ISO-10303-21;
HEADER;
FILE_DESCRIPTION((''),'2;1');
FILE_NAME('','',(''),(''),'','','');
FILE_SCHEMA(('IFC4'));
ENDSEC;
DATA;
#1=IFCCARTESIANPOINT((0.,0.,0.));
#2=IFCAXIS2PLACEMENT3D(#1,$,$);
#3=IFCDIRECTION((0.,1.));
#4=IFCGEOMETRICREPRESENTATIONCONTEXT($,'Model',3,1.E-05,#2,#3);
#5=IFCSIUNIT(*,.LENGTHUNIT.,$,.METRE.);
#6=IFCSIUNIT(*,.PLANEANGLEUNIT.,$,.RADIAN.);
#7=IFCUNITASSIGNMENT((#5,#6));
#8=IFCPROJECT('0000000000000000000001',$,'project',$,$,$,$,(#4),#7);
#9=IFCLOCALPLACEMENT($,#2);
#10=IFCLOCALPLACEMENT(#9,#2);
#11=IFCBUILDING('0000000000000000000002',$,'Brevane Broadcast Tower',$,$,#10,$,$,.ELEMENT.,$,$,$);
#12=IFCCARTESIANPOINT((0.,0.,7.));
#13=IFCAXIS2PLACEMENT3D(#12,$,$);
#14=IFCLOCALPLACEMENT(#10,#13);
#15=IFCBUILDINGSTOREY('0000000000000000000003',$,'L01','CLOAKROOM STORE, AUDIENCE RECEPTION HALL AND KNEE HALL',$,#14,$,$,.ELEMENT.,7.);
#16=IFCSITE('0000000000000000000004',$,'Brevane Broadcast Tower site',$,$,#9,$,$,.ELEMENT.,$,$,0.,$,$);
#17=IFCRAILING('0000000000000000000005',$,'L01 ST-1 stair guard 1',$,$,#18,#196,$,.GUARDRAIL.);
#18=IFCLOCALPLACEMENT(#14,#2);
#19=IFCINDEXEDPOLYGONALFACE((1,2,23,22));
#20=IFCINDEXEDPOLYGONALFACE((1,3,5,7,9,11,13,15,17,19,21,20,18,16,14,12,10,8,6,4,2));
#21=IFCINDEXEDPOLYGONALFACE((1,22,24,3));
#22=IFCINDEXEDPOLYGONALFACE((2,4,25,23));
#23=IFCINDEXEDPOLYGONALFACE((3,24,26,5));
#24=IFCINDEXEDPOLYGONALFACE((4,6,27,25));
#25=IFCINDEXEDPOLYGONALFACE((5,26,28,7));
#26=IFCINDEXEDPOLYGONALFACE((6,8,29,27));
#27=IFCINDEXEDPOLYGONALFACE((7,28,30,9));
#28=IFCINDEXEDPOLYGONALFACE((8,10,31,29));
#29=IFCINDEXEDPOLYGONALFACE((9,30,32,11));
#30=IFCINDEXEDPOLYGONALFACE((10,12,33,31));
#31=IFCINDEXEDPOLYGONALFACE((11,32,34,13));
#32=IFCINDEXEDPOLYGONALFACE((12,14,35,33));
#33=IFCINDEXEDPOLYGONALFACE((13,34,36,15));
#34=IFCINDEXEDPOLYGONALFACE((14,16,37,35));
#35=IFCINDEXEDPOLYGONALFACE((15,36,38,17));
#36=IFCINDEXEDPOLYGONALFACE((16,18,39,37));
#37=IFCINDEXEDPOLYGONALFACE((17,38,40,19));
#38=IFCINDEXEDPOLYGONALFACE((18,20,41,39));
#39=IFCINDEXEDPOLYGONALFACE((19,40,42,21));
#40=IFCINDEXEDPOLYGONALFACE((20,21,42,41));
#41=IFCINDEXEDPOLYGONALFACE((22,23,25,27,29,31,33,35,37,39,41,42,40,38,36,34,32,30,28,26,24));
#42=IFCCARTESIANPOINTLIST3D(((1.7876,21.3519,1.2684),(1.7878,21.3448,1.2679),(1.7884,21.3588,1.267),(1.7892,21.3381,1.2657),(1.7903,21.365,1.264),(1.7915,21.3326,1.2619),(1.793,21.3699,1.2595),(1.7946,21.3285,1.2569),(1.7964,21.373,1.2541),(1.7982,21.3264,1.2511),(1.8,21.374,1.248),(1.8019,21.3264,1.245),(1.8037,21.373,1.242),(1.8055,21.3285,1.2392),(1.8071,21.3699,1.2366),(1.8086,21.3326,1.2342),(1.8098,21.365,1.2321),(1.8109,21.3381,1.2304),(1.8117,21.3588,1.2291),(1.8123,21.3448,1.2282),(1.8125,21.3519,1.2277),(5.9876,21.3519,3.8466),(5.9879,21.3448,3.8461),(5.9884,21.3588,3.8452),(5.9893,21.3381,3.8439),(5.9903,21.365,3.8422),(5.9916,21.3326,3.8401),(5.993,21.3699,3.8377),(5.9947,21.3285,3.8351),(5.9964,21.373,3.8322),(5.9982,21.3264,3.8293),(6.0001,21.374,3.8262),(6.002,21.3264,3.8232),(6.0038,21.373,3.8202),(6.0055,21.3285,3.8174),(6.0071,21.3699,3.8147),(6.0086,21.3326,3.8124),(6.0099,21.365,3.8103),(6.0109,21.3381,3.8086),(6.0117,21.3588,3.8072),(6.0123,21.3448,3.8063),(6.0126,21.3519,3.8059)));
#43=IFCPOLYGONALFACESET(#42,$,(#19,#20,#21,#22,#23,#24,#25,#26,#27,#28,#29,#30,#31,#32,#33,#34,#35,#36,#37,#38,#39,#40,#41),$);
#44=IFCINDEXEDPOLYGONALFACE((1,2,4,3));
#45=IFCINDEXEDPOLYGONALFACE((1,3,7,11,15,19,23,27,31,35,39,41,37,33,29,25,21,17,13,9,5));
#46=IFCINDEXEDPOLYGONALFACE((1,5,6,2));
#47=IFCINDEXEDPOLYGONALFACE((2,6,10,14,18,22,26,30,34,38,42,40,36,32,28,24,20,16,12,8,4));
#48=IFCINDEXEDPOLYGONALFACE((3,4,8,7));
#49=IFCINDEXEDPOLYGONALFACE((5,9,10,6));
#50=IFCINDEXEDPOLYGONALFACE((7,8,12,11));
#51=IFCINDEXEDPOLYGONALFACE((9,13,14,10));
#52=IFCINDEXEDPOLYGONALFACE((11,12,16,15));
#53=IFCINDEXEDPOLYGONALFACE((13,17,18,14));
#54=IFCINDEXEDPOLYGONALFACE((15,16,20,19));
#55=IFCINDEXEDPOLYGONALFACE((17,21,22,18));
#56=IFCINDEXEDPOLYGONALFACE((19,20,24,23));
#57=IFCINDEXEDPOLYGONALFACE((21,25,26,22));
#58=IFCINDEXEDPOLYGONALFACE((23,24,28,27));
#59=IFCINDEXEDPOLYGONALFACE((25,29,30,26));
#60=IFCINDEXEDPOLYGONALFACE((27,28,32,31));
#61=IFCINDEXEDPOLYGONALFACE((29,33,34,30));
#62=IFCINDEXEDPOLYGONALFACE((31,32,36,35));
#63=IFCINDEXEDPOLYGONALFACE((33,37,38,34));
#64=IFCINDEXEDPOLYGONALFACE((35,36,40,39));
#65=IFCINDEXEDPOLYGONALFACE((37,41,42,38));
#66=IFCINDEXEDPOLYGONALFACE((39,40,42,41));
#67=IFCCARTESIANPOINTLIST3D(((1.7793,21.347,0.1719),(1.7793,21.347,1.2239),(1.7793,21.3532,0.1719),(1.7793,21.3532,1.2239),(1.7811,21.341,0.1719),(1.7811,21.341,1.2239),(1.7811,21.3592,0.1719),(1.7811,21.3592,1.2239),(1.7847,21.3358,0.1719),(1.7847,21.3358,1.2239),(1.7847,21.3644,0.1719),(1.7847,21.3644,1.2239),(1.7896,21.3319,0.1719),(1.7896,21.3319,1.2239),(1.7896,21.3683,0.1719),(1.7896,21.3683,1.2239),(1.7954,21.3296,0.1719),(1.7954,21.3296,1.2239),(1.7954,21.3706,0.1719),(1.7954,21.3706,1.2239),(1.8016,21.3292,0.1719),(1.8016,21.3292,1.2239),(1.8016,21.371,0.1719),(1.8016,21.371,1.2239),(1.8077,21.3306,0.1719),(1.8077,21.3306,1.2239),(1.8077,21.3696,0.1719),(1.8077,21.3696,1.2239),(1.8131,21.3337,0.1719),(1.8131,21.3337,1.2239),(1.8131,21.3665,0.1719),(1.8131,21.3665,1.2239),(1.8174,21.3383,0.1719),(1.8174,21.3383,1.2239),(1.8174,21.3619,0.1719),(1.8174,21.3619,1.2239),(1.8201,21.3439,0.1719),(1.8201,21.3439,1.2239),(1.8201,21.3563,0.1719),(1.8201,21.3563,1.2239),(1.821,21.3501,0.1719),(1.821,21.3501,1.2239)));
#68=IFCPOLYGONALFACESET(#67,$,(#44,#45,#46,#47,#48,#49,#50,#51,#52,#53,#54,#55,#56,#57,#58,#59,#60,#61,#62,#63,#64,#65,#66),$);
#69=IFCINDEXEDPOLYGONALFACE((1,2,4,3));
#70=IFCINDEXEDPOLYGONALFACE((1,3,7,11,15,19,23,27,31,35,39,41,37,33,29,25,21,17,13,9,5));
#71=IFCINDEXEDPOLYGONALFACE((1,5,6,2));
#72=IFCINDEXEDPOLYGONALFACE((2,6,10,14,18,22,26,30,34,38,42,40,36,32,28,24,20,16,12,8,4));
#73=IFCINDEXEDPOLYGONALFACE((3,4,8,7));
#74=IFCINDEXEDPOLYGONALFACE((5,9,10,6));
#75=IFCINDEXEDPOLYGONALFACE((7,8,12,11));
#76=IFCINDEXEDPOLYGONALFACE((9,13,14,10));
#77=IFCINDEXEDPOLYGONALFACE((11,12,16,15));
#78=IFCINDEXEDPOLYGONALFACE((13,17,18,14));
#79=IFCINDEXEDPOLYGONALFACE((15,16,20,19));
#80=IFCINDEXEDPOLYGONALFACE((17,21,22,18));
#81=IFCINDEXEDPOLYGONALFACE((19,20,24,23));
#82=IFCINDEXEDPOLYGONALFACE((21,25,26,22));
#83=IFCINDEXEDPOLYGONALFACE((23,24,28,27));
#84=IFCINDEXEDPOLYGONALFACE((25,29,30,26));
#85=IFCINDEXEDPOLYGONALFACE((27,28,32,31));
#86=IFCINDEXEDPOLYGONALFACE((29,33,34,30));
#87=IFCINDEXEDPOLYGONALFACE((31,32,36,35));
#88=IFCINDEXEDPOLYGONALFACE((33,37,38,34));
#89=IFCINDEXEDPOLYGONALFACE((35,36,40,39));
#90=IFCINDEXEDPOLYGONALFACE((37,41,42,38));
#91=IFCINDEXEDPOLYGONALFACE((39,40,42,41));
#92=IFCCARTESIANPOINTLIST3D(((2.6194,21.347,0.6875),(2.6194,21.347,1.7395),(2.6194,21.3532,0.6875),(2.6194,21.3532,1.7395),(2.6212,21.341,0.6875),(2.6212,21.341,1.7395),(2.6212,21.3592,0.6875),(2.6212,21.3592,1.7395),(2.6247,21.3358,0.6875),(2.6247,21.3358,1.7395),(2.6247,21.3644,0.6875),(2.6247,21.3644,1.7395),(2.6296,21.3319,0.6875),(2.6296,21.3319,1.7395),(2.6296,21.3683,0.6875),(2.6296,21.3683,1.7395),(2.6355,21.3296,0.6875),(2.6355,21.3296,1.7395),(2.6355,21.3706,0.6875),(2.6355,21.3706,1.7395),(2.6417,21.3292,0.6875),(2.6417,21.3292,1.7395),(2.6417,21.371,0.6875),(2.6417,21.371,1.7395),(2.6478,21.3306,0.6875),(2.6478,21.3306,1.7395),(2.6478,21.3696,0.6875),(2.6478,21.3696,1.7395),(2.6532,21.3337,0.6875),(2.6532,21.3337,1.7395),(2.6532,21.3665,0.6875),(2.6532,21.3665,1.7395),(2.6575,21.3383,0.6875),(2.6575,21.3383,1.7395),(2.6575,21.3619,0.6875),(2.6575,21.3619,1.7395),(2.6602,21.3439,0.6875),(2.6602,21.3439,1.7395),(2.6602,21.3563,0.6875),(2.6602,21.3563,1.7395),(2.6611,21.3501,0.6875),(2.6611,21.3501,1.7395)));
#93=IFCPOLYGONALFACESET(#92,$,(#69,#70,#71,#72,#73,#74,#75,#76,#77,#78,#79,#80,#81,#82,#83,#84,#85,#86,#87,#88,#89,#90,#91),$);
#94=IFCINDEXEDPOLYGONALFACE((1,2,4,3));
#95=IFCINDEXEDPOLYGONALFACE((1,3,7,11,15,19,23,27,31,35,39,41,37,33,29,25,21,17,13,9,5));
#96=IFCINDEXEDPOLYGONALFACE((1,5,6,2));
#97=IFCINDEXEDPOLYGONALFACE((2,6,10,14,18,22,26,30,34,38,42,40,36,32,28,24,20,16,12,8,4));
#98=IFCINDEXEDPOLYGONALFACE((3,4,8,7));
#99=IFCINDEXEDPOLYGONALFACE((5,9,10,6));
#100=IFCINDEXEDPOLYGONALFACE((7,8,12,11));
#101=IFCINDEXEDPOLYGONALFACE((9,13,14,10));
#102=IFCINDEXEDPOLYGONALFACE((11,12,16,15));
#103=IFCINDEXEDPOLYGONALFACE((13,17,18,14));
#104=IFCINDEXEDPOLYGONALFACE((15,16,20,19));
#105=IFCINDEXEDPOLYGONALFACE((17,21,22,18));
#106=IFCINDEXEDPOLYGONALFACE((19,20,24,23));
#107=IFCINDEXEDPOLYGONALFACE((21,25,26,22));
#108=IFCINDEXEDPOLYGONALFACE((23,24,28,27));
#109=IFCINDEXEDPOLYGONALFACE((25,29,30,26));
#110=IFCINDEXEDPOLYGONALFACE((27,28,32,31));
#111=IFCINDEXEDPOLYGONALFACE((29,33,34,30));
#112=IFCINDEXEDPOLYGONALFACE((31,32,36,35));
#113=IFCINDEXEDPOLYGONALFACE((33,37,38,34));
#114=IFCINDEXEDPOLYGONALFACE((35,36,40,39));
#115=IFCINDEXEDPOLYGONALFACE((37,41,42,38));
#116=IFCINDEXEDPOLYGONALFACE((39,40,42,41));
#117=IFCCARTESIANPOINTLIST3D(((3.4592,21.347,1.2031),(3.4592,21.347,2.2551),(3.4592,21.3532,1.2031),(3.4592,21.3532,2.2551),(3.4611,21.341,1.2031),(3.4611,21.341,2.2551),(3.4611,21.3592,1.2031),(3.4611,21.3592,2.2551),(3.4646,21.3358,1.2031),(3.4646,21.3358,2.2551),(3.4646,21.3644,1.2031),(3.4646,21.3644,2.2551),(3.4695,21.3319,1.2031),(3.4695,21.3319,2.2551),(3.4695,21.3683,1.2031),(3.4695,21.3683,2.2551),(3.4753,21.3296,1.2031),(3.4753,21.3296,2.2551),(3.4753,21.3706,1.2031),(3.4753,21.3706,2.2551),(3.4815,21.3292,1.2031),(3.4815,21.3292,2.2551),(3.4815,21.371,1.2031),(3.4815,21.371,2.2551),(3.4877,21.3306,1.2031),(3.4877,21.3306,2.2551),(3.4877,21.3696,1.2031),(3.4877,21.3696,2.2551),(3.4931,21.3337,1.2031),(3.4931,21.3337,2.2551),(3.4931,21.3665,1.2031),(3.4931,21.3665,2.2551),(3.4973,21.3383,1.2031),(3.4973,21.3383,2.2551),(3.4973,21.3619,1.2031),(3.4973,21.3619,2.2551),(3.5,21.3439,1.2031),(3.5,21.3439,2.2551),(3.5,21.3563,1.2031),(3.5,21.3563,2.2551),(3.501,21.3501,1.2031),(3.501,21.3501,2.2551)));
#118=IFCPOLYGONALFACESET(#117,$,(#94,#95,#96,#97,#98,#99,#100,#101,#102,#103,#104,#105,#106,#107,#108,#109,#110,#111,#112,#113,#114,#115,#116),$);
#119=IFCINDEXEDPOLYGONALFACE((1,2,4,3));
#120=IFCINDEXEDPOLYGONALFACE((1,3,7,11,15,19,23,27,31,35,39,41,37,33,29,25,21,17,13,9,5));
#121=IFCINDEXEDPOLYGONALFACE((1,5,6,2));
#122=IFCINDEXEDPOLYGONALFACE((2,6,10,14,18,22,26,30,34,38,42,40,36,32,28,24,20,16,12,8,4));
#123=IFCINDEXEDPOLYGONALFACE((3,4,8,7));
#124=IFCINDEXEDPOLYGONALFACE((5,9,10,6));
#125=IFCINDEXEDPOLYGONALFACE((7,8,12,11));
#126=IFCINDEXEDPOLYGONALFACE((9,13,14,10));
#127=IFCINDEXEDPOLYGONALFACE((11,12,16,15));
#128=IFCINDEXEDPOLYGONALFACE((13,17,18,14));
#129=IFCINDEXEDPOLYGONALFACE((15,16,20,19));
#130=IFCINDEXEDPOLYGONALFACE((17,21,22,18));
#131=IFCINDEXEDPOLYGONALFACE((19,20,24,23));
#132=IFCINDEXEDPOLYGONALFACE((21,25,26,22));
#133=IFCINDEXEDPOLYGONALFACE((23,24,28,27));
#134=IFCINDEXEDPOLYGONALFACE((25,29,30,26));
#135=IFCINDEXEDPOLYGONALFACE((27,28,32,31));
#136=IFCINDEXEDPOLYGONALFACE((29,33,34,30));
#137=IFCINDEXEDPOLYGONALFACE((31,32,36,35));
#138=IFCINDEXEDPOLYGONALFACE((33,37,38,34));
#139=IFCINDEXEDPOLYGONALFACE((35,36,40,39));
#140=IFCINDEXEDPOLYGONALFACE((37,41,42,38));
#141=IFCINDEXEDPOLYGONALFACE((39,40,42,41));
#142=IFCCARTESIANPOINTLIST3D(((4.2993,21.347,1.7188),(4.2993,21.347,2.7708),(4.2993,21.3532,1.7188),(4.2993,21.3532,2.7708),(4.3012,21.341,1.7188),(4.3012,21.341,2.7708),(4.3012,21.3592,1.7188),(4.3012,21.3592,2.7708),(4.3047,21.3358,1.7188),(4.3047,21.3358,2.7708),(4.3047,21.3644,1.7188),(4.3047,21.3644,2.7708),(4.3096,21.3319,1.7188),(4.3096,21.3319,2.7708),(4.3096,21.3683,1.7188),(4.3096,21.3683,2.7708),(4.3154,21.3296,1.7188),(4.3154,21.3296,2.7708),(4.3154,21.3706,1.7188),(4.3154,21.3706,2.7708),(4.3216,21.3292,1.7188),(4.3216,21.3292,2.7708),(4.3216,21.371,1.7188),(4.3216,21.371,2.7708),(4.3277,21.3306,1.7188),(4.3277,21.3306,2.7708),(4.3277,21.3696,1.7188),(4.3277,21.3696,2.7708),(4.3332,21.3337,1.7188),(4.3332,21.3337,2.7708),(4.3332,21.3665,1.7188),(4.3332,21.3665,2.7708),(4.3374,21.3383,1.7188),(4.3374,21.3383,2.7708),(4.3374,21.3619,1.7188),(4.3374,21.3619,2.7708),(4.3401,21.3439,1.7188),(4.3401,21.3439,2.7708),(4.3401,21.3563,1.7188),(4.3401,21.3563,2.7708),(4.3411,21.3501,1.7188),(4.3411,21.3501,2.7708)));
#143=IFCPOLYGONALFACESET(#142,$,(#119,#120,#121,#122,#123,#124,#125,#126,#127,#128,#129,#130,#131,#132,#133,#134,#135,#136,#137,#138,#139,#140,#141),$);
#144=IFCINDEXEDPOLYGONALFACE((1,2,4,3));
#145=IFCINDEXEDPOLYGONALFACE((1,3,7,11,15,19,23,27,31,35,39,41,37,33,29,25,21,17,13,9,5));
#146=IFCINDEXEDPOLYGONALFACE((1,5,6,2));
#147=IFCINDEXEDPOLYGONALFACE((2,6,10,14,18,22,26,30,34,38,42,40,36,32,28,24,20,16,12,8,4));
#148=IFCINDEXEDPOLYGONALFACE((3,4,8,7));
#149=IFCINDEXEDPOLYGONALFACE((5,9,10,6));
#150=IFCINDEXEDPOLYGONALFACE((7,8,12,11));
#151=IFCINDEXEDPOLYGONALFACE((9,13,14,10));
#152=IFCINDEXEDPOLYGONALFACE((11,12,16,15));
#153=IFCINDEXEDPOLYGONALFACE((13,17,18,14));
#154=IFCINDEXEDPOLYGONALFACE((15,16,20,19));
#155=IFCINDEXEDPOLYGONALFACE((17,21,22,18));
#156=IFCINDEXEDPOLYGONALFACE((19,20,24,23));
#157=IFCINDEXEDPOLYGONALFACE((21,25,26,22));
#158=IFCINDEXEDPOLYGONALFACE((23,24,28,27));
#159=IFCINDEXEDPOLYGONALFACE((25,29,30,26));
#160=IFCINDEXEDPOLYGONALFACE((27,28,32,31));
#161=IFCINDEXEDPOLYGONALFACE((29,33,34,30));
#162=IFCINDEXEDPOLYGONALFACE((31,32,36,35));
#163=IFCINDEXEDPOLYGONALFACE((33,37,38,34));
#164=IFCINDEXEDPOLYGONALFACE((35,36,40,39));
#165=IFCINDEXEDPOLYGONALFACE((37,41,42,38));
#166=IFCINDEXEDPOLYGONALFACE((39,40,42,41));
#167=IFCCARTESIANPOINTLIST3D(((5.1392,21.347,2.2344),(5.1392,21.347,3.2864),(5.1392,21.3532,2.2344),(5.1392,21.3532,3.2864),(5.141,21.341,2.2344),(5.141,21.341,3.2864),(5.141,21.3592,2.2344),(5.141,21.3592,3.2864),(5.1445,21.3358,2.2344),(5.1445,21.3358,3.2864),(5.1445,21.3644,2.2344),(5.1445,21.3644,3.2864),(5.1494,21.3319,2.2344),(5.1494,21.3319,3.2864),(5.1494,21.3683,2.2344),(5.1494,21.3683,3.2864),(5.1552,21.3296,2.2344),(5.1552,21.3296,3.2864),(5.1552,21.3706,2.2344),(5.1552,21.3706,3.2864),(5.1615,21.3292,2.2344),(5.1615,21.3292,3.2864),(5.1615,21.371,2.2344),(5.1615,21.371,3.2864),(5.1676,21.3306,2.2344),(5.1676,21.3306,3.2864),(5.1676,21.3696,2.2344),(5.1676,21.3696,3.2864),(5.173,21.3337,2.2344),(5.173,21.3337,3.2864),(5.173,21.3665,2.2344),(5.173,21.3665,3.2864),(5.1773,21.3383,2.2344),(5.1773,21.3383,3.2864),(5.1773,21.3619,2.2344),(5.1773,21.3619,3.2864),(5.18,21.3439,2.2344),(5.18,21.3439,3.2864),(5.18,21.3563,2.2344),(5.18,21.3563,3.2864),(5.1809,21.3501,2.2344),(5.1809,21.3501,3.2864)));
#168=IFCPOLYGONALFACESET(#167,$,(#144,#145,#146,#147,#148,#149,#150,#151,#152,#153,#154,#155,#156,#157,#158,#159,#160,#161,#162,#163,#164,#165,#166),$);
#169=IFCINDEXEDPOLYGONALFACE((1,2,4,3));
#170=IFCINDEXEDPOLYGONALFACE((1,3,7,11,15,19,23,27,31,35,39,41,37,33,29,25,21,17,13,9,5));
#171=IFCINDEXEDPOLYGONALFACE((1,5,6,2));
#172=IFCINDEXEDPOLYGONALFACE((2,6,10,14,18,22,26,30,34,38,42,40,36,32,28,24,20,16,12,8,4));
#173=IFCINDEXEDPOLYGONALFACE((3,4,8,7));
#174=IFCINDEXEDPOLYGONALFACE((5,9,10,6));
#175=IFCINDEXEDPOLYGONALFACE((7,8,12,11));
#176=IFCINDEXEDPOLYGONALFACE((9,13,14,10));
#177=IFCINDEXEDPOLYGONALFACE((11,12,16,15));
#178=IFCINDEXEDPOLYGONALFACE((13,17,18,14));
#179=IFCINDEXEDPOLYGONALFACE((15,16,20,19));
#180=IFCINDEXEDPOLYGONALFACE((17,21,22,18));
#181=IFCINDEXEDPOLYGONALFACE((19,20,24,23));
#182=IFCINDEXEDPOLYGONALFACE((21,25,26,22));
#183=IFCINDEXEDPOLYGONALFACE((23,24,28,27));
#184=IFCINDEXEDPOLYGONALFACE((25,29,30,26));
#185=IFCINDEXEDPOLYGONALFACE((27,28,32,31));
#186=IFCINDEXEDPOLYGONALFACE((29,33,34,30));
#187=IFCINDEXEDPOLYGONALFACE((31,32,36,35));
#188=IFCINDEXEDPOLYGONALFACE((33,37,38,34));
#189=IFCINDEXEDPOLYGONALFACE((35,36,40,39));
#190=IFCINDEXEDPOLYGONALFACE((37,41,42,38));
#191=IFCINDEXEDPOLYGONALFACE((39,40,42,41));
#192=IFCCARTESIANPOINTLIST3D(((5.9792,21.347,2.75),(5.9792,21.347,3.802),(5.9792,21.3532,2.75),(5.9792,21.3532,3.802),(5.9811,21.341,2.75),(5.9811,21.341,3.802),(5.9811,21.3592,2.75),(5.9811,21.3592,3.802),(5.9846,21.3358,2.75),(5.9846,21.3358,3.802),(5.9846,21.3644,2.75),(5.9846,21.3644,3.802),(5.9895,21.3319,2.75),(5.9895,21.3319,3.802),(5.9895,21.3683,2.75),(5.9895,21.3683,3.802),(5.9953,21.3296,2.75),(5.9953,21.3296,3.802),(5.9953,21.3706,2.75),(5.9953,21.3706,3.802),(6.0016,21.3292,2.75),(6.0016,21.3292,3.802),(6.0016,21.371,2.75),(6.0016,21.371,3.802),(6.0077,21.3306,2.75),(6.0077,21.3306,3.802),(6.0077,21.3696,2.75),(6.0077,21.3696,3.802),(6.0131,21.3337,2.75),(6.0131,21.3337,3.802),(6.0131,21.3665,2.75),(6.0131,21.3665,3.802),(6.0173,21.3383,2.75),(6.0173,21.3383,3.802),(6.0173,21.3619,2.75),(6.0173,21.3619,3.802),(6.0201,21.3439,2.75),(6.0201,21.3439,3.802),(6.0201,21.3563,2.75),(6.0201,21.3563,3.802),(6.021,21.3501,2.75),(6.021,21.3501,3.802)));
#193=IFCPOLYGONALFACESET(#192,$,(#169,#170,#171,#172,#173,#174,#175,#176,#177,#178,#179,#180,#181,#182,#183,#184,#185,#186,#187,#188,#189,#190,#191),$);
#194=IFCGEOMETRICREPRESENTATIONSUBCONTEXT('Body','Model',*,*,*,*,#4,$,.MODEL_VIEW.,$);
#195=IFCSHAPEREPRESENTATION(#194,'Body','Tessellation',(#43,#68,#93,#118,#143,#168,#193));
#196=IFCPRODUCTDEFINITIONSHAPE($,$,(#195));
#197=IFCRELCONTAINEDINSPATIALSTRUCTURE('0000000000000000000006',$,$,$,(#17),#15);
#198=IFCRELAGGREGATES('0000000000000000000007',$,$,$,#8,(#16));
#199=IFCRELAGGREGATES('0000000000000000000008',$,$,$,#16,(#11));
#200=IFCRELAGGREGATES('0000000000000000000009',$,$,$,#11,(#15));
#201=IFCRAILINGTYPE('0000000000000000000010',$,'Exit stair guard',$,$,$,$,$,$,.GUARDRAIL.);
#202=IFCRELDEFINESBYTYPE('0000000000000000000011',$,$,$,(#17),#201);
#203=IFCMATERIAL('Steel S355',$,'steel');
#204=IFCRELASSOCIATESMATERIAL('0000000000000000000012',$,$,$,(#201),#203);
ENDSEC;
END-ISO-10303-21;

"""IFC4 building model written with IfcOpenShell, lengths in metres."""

from ifc_helpers import new_model, si_unit, direction, frame, origin, origin_2d, place, context, subcontext, project, spatial, circle, extrude, material, type_object, element, save


model = new_model("IFC4")

# Units and contexts
model_context = context("Model", 3, precision=1e-05, world=origin(), true_north=direction((0.0, 1.0)))
body_context = subcontext(model_context, "Body", "Model", "MODEL_VIEW")
ifc_project = project(units=[si_unit("LENGTHUNIT", "METRE"), si_unit("PLANEANGLEUNIT", "RADIAN")], contexts=[model_context])

# Site, building, storey
site_placement = place(None, origin())
site = spatial("IfcSite", under=ifc_project, at=site_placement, Name="Brevane Broadcast Tower site", CompositionType="ELEMENT", RefElevation=0.0)
building_placement = place(site_placement, origin())
building = spatial("IfcBuilding", under=site, at=building_placement, Name="Brevane Broadcast Tower", CompositionType="ELEMENT")
storey_placement = place(building_placement, frame((0.0, 0.0, 7.0)))
storey = spatial("IfcBuildingStorey", under=building, at=storey_placement, Name="L01", Description="CLOAKROOM STORE, AUDIENCE RECEPTION HALL AND KNEE HALL", CompositionType="ELEMENT", Elevation=7.0)

# Railing
ifc_material_1 = material(Name="Steel S355", Category="steel")
railing_type_1 = type_object("IfcRailingType", Name="Exit stair guard", PredefinedType="GUARDRAIL", material=ifc_material_1)
railing_1_placement = place(storey_placement, frame((1.8, 21.3501, 0.1719)))
element("IfcRailing", 1, at=railing_1_placement, inside=storey, type_object=railing_type_1, Name="L01 ST-1 stair guard 1", PredefinedType="GUARDRAIL", context=body_context, shape_type="SweptSolid", body=[
    extrude(circle(Radius=0.0239, at=origin_2d()), frame((0.0, 0.0, 1.0762), z_axis=(0.852243, 0.0, 0.523146), x_axis=(0.0, 1.0, 0.0)), (0.0, 0.0, 1.0), 4.9282),
    extrude(circle(Radius=0.021, at=origin_2d()), origin(), (0.0, 0.0, 1.0), 1.052),
    extrude(circle(Radius=0.021, at=origin_2d()), frame((0.8401, 0.0, 0.5156)), (0.0, 0.0, 1.0), 1.052),
    extrude(circle(Radius=0.021, at=origin_2d()), frame((1.6799, 0.0, 1.0312)), (0.0, 0.0, 1.0), 1.052),
    extrude(circle(Radius=0.021, at=origin_2d()), frame((2.52, 0.0, 1.5469)), (0.0, 0.0, 1.0), 1.052),
    extrude(circle(Radius=0.021, at=origin_2d()), frame((3.3599, 0.0, 2.0625)), (0.0, 0.0, 1.0), 1.052),
    extrude(circle(Radius=0.021, at=origin_2d()), frame((4.2, 0.0, 2.5781)), (0.0, 0.0, 1.0), 1.052),
])

save(model, "model.ifc")
